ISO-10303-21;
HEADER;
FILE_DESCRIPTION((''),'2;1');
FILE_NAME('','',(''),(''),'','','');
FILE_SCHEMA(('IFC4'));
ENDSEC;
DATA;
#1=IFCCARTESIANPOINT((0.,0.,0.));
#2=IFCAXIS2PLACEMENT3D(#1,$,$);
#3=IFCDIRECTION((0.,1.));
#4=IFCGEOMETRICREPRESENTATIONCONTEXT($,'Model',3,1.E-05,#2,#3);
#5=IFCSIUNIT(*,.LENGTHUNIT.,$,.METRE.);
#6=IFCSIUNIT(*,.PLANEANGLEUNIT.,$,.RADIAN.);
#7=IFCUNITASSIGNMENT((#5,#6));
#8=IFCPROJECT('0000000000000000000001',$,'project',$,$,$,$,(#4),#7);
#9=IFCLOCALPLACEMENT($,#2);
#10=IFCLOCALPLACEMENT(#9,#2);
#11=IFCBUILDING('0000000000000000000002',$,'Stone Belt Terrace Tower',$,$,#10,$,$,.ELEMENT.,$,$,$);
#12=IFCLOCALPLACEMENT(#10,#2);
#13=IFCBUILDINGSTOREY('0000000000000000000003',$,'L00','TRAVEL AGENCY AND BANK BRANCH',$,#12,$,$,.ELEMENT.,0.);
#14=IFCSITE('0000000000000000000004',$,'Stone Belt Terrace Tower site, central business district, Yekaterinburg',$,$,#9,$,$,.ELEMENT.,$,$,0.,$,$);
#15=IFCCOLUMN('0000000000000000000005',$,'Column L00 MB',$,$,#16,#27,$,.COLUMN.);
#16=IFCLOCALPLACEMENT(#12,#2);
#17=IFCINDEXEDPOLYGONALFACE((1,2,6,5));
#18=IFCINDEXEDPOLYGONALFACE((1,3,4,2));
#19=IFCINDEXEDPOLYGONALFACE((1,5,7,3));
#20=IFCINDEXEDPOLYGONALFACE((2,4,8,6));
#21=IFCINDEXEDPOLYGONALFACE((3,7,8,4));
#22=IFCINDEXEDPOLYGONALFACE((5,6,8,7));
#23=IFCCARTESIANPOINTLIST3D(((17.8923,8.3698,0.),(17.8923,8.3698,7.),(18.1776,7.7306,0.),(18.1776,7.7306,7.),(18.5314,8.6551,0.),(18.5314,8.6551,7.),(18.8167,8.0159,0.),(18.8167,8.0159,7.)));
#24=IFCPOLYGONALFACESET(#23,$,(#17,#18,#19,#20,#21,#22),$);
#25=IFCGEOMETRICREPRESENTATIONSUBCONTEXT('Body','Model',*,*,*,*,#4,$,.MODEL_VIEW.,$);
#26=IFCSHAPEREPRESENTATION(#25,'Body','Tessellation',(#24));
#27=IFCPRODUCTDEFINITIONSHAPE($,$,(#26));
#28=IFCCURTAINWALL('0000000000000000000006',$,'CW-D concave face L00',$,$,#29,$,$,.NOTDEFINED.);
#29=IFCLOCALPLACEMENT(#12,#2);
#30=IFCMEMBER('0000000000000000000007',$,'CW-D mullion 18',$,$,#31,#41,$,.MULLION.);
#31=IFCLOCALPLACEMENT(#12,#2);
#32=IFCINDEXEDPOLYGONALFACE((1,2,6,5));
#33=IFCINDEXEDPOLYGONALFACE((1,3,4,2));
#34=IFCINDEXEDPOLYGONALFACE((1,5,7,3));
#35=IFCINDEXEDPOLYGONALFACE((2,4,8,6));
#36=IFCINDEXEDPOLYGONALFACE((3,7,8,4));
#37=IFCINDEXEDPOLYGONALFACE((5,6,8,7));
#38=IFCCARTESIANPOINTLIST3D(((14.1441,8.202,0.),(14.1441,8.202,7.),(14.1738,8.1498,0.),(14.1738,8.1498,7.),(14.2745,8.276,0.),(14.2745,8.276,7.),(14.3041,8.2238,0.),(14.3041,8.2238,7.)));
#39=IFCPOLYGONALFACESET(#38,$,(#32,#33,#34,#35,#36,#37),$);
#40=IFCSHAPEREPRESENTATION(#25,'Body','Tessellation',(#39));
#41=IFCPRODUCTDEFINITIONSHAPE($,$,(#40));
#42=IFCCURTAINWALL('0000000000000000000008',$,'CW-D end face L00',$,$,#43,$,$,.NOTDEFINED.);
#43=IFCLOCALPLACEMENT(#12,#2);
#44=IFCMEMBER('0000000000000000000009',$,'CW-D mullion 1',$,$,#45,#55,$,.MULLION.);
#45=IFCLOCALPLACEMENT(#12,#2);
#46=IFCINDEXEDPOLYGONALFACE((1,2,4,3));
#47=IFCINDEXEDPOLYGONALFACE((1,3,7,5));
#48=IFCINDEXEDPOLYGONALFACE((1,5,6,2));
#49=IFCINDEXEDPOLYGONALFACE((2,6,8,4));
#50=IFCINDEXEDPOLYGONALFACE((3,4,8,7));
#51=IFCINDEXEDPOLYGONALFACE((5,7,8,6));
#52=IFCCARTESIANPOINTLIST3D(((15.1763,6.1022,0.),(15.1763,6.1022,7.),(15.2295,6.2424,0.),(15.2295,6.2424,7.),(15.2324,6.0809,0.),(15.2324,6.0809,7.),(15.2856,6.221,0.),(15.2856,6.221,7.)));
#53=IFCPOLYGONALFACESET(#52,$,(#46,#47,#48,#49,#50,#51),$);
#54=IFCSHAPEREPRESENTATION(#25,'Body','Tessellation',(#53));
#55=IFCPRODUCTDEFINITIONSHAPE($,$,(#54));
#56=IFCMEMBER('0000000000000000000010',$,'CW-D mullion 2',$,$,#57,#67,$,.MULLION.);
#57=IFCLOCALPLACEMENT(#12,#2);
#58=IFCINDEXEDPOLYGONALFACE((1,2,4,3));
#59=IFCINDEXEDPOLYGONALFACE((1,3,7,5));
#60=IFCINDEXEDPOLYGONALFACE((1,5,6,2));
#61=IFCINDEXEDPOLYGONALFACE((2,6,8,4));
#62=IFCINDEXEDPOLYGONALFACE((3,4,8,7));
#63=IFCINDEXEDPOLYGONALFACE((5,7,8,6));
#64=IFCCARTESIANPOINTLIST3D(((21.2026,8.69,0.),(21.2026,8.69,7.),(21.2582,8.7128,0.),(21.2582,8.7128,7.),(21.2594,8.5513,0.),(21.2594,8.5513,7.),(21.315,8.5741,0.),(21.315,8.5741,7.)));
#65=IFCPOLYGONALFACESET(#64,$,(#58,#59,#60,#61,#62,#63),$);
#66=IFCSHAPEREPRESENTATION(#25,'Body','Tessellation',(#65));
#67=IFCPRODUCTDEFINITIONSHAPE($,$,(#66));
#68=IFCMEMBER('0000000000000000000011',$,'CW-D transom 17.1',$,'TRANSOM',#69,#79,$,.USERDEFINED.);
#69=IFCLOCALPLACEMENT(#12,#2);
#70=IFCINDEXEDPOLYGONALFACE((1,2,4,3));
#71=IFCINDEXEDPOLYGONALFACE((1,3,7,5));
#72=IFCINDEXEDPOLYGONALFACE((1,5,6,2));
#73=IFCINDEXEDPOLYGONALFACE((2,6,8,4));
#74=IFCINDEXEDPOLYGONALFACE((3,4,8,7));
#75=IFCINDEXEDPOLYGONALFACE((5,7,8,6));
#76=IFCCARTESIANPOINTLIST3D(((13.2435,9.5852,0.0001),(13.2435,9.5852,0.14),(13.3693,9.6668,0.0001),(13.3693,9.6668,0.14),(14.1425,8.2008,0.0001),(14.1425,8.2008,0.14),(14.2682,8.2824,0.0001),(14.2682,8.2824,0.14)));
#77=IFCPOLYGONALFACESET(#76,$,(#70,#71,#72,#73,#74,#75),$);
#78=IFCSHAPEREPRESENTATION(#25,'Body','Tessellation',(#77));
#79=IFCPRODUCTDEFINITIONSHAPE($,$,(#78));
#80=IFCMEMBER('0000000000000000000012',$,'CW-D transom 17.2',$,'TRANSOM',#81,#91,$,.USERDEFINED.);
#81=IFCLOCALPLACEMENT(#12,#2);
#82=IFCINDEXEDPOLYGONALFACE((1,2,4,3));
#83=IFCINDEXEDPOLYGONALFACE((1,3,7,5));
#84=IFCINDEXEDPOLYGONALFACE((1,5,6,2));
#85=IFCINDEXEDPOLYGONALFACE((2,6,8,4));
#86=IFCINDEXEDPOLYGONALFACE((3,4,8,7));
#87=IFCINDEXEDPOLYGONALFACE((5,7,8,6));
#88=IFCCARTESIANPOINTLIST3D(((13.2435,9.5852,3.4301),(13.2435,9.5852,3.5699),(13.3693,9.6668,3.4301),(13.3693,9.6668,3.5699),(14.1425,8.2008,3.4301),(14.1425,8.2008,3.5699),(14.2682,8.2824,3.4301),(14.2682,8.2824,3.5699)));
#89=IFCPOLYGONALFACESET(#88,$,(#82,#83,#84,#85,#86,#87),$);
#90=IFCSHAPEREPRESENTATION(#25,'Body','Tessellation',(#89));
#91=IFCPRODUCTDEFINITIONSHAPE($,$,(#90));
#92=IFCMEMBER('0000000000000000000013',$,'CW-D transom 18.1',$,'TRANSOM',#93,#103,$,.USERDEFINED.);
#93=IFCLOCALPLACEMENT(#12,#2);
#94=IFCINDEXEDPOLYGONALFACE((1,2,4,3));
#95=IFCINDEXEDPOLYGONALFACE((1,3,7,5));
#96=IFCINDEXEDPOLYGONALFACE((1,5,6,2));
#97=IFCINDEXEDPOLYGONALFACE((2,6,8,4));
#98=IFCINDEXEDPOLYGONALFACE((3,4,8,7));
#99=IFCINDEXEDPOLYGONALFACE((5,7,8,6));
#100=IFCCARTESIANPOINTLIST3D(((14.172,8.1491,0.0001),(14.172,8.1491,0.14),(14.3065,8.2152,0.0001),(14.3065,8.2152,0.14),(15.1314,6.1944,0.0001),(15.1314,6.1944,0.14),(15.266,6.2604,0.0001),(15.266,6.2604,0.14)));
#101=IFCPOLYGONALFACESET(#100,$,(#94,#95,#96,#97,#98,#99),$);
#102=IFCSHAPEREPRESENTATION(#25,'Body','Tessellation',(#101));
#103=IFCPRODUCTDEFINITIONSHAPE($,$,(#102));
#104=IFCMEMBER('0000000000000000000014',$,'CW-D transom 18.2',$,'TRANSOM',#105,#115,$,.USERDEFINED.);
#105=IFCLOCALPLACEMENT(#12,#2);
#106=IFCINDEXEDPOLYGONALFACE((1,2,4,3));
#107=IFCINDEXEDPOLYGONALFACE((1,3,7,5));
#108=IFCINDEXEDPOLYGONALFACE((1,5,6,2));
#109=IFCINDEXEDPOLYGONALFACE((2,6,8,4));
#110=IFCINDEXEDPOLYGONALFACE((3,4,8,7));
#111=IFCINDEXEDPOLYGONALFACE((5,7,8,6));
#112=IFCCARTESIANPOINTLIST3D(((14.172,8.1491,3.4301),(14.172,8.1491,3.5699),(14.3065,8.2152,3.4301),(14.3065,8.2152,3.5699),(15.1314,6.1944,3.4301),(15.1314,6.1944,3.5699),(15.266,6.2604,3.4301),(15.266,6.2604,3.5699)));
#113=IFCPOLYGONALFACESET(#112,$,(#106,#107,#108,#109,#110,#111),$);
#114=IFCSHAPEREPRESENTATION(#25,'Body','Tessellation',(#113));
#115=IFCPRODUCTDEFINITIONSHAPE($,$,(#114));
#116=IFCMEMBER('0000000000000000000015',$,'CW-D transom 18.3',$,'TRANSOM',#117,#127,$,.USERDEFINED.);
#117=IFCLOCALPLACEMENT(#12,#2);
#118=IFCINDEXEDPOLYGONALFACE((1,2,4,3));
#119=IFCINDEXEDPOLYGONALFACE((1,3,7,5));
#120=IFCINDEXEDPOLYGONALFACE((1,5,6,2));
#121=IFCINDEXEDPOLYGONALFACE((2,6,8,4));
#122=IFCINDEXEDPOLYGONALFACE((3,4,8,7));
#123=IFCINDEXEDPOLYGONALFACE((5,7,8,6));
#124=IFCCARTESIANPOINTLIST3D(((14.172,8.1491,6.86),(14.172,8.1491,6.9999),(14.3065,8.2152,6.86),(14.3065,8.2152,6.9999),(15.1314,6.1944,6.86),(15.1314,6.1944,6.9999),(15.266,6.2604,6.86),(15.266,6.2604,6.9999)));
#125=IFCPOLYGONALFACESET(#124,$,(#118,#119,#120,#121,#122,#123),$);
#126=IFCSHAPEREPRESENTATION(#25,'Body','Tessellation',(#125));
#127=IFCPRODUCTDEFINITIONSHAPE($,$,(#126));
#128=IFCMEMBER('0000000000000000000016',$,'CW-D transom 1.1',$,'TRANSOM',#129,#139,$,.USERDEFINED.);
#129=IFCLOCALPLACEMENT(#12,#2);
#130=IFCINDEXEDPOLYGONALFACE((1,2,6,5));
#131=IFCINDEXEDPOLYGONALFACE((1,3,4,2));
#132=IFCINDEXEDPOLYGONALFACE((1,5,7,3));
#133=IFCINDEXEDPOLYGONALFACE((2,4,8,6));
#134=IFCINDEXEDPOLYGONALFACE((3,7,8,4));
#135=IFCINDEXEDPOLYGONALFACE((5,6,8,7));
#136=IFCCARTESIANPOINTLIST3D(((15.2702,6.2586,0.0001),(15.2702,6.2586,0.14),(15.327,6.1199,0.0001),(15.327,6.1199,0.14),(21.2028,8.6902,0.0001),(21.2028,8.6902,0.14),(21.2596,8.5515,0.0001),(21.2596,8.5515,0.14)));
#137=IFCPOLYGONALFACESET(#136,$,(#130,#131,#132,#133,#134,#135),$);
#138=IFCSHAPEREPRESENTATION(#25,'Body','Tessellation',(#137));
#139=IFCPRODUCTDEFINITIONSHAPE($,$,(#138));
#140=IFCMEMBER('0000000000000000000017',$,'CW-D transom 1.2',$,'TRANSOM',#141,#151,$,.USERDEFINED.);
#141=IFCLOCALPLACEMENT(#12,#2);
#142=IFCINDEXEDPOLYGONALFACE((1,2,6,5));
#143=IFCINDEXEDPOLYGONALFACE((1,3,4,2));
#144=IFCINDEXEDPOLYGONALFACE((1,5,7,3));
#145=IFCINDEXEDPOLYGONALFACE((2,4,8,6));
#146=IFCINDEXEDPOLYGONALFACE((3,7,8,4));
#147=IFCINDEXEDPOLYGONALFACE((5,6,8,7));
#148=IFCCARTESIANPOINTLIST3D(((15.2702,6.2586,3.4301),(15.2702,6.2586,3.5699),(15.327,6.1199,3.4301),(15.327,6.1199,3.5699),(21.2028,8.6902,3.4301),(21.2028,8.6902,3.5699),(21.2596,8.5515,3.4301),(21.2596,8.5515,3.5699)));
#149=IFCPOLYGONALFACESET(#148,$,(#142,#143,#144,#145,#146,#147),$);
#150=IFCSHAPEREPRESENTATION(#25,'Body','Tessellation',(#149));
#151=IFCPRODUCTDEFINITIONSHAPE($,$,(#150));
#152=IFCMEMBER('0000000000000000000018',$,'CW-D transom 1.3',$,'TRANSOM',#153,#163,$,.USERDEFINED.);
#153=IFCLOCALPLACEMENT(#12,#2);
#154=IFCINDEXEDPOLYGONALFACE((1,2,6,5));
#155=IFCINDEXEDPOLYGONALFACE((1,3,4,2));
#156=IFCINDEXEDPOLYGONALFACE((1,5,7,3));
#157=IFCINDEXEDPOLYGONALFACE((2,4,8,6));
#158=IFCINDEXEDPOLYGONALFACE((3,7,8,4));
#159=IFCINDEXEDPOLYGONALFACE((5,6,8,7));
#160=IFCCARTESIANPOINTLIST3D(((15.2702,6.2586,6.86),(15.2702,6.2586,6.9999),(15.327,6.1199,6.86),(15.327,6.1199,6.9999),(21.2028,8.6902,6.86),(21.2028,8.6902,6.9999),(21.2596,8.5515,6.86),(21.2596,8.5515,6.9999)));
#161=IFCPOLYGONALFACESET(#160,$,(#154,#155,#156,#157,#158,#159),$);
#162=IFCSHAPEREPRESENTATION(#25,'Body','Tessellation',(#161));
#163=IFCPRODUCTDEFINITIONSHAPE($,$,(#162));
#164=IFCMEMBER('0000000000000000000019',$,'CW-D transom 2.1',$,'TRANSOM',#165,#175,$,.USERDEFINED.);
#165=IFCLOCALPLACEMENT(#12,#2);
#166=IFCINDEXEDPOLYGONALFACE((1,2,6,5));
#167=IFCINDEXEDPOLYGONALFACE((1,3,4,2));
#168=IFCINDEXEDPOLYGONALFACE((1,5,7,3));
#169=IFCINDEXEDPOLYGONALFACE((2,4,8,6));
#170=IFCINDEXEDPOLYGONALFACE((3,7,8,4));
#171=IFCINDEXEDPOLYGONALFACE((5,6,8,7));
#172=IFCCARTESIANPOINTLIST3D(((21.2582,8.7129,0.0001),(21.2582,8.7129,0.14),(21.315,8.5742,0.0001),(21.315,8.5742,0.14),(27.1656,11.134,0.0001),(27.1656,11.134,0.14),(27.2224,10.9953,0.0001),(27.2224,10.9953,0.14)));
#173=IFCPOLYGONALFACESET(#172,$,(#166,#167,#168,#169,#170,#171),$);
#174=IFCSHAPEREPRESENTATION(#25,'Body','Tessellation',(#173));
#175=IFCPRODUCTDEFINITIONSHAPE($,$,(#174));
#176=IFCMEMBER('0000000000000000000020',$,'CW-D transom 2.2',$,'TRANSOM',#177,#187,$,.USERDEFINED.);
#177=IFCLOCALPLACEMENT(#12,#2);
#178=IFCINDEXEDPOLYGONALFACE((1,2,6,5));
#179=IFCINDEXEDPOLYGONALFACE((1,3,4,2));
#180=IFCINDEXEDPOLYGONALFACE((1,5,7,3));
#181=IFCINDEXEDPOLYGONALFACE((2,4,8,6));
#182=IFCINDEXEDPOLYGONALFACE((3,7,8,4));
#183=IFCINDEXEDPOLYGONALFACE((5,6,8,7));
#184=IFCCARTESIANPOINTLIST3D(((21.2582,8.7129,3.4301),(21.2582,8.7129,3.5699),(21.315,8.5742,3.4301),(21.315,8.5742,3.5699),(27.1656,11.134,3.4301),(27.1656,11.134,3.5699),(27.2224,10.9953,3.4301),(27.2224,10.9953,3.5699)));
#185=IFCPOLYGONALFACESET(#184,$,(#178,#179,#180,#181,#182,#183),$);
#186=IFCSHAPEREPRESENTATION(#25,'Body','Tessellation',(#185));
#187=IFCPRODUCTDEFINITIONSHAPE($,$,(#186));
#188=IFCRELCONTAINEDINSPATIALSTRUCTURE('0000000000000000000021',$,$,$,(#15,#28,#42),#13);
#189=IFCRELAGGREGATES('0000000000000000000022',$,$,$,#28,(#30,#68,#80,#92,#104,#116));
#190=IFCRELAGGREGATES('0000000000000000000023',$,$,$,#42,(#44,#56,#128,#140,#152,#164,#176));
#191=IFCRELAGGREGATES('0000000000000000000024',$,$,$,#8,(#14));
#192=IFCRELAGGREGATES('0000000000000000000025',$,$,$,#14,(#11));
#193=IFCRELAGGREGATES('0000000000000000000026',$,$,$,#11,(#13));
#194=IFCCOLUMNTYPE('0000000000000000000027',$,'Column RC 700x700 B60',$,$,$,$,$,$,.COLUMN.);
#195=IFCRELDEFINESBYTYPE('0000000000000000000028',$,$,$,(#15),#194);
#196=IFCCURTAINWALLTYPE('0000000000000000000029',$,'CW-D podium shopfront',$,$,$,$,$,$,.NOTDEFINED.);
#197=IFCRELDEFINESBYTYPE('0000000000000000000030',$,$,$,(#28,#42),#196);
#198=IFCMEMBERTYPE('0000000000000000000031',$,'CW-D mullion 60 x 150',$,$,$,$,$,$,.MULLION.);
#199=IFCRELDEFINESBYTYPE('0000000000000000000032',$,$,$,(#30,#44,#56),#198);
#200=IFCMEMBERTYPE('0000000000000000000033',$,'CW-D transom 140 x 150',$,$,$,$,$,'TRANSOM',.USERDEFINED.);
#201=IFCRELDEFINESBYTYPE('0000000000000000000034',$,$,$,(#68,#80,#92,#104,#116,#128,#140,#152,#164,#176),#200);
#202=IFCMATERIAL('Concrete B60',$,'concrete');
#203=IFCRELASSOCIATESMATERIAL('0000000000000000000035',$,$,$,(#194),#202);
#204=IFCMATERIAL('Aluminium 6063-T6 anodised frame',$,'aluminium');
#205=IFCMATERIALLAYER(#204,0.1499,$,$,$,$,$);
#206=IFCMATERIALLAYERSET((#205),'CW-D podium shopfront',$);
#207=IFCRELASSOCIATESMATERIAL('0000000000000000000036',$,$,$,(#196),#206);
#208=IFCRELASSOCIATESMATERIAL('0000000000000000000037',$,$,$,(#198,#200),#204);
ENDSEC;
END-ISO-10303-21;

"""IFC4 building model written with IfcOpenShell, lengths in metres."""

from ifc_helpers import new_model, si_unit, direction, frame, origin, origin_2d, place, context, subcontext, project, spatial, rectangle, extrude, material, layer, layer_set, material_profile, profile_set, type_object, element, aggregate, save


model = new_model("IFC4")

# Units and contexts
model_context = context("Model", 3, precision=1e-05, world=origin(), true_north=direction((0.0, 1.0)))
body_context = subcontext(model_context, "Body", "Model", "MODEL_VIEW")
ifc_project = project(units=[si_unit("LENGTHUNIT", "METRE"), si_unit("PLANEANGLEUNIT", "RADIAN")], contexts=[model_context])

# Site, building, storey
site_placement = place(None, origin())
site = spatial("IfcSite", under=ifc_project, at=site_placement, Name="Stone Belt Terrace Tower site, central business district, Yekaterinburg", CompositionType="ELEMENT", RefElevation=0.0)
building_placement = place(site_placement, origin())
building = spatial("IfcBuilding", under=site, at=building_placement, Name="Stone Belt Terrace Tower", CompositionType="ELEMENT")
storey_placement = place(building_placement, origin())
storey = spatial("IfcBuildingStorey", under=building, at=storey_placement, Name="L00", Description="TRAVEL AGENCY AND BANK BRANCH", CompositionType="ELEMENT", Elevation=0.0)

# Column
ifc_material_1 = material(Name="Concrete B60", Category="concrete")
ifc_material_profile_1 = material_profile(ifc_material_1, rectangle(XDim=0.7, YDim=0.7, at=origin_2d()), Name="RC 700x700")
ifc_profile_set_1 = profile_set([ifc_material_profile_1], Name="Concrete B60")
column_type = type_object("IfcColumnType", Name="Column RC 700x700 B60", PredefinedType="COLUMN", material=ifc_profile_set_1)
column_placement = place(storey_placement, frame((18.3545, 8.1929, 0.0), z_axis=(0.0, 0.0, 1.0), x_axis=(0.407599, -0.913161, 0.0)))
element("IfcColumn", 1, at=column_placement, inside=storey, type_object=column_type, Name="Column L00 MB", PredefinedType="COLUMN", context=body_context, shape_type="SweptSolid", body=[
    extrude(rectangle(XDim=0.7, YDim=0.7, at=origin_2d()), origin(), (0.0, 0.0, 1.0), 7.0),
])

# Curtain wall, member
ifc_material_2 = material(Name="Aluminium 6063-T6 anodised frame", Category="aluminium")
ifc_layer_1 = layer(ifc_material_2, 0.1499)
ifc_layer_set_1 = layer_set([ifc_layer_1], Name="CW-D podium shopfront")
curtain_wall_type = type_object("IfcCurtainWallType", Name="CW-D podium shopfront", PredefinedType="NOTDEFINED", material=ifc_layer_set_1)
curtain_wall_1_placement = place(storey_placement, origin())
curtain_wall_1 = element("IfcCurtainWall", 2, at=curtain_wall_1_placement, inside=storey, type_object=curtain_wall_type, Name="CW-D concave face L00", PredefinedType="NOTDEFINED")
ifc_material_profile_2 = material_profile(ifc_material_2, rectangle(XDim=0.1499, YDim=0.0601, at=origin_2d()), Name="Aluminium 6063-T6 60x150")
ifc_profile_set_2 = profile_set([ifc_material_profile_2], Name="Aluminium 6063-T6 anodised frame")
member_type_1 = type_object("IfcMemberType", Name="CW-D mullion 60 x 150", PredefinedType="MULLION", material=ifc_profile_set_2)
member_1_placement = place(storey_placement, frame((14.2241, 8.2129, 0.0), z_axis=(0.0, 0.0, 1.0), x_axis=(0.869739, 0.493512, 0.0)))
member_1 = element("IfcMember", 3, at=member_1_placement, type_object=member_type_1, Name="CW-D mullion 18", PredefinedType="MULLION", context=body_context, shape_type="SweptSolid", body=[
    extrude(rectangle(XDim=0.1499, YDim=0.0601, at=origin_2d()), origin(), (0.0, 0.0, 1.0), 7.0),
])

# Curtain wall, members
curtain_wall_2_placement = place(storey_placement, origin())
curtain_wall_2 = element("IfcCurtainWall", 4, at=curtain_wall_2_placement, inside=storey, type_object=curtain_wall_type, Name="CW-D end face L00", PredefinedType="NOTDEFINED")
member_2_placement = place(storey_placement, frame((15.231, 6.1616, 0.0), z_axis=(0.0, 0.0, 1.0), x_axis=(0.354861, 0.934919, 0.0)))
member_2 = element("IfcMember", 5, at=member_2_placement, type_object=member_type_1, Name="CW-D mullion 1", PredefinedType="MULLION", context=body_context, shape_type="SweptSolid", body=[
    extrude(rectangle(XDim=0.1499, YDim=0.0601, at=origin_2d()), origin(), (0.0, 0.0, 1.0), 7.0),
])
member_3_placement = place(storey_placement, frame((21.2588, 8.6321, 0.0), z_axis=(0.0, 0.0, 1.0), x_axis=(-0.379243, 0.925297, 0.0)))
member_3 = element("IfcMember", 6, at=member_3_placement, type_object=member_type_1, Name="CW-D mullion 2", PredefinedType="MULLION", context=body_context, shape_type="SweptSolid", body=[
    extrude(rectangle(XDim=0.1499, YDim=0.0601, at=origin_2d()), origin(), (0.0, 0.0, 1.0), 7.0),
])

# Members
ifc_material_profile_3 = material_profile(ifc_material_2, rectangle(XDim=0.1499, YDim=0.1399, at=origin_2d()), Name="Aluminium 6063-T6 150x140")
ifc_profile_set_3 = profile_set([ifc_material_profile_3], Name="Aluminium 6063-T6 anodised frame")
member_type_2 = type_object("IfcMemberType", Name="CW-D transom 140 x 150", ElementType="TRANSOM", PredefinedType="USERDEFINED", material=ifc_profile_set_3)
member_4_placement = place(storey_placement, frame((13.3064, 9.626, 0.0701), z_axis=(0.544624, -0.83868, 0.0), x_axis=(0.83868, 0.544624, 0.0)))
member_4 = element("IfcMember", 7, at=member_4_placement, type_object=member_type_2, Name="CW-D transom 17.1", ObjectType="TRANSOM", PredefinedType="USERDEFINED", context=body_context, shape_type="SweptSolid", body=[
    extrude(rectangle(XDim=0.1499, YDim=0.1399, at=origin_2d()), origin(), (0.0, 0.0, 1.0), 1.6506),
])
member_5_placement = place(storey_placement, frame((13.3064, 9.626, 3.5), z_axis=(0.544624, -0.83868, 0.0), x_axis=(0.83868, 0.544624, 0.0)))
member_5 = element("IfcMember", 8, at=member_5_placement, type_object=member_type_2, Name="CW-D transom 17.2", ObjectType="TRANSOM", PredefinedType="USERDEFINED", context=body_context, shape_type="SweptSolid", body=[
    extrude(rectangle(XDim=0.1499, YDim=0.1399, at=origin_2d()), origin(), (0.0, 0.0, 1.0), 1.6506),
])
member_6_placement = place(storey_placement, frame((14.2393, 8.1821, 0.0701), z_axis=(0.440609, -0.897699, 0.0), x_axis=(0.897699, 0.440609, 0.0)))
member_6 = element("IfcMember", 9, at=member_6_placement, type_object=member_type_2, Name="CW-D transom 18.1", ObjectType="TRANSOM", PredefinedType="USERDEFINED", context=body_context, shape_type="SweptSolid", body=[
    extrude(rectangle(XDim=0.1499, YDim=0.1399, at=origin_2d()), origin(), (0.0, 0.0, 1.0), 2.1775),
])
member_7_placement = place(storey_placement, frame((14.2393, 8.1821, 3.5), z_axis=(0.440609, -0.897699, 0.0), x_axis=(0.897699, 0.440609, 0.0)))
member_7 = element("IfcMember", 10, at=member_7_placement, type_object=member_type_2, Name="CW-D transom 18.2", ObjectType="TRANSOM", PredefinedType="USERDEFINED", context=body_context, shape_type="SweptSolid", body=[
    extrude(rectangle(XDim=0.1499, YDim=0.1399, at=origin_2d()), origin(), (0.0, 0.0, 1.0), 2.1775),
])
member_8_placement = place(storey_placement, frame((14.2393, 8.1821, 6.9299), z_axis=(0.440609, -0.897699, 0.0), x_axis=(0.897699, 0.440609, 0.0)))
member_8 = element("IfcMember", 11, at=member_8_placement, type_object=member_type_2, Name="CW-D transom 18.3", ObjectType="TRANSOM", PredefinedType="USERDEFINED", context=body_context, shape_type="SweptSolid", body=[
    extrude(rectangle(XDim=0.1499, YDim=0.1399, at=origin_2d()), origin(), (0.0, 0.0, 1.0), 2.1775),
])
member_9_placement = place(storey_placement, frame((15.2986, 6.1892, 0.0701), z_axis=(0.925292, 0.379255, 0.0), x_axis=(-0.379255, 0.925292, 0.0)))
member_9 = element("IfcMember", 12, at=member_9_placement, type_object=member_type_2, Name="CW-D transom 1.1", ObjectType="TRANSOM", PredefinedType="USERDEFINED", context=body_context, shape_type="SweptSolid", body=[
    extrude(rectangle(XDim=0.1499, YDim=0.1399, at=origin_2d()), origin(), (0.0, 0.0, 1.0), 6.4116),
])
member_10_placement = place(storey_placement, frame((15.2986, 6.1892, 3.5), z_axis=(0.925292, 0.379255, 0.0), x_axis=(-0.379255, 0.925292, 0.0)))
member_10 = element("IfcMember", 13, at=member_10_placement, type_object=member_type_2, Name="CW-D transom 1.2", ObjectType="TRANSOM", PredefinedType="USERDEFINED", context=body_context, shape_type="SweptSolid", body=[
    extrude(rectangle(XDim=0.1499, YDim=0.1399, at=origin_2d()), origin(), (0.0, 0.0, 1.0), 6.4116),
])
member_11_placement = place(storey_placement, frame((15.2986, 6.1892, 6.9299), z_axis=(0.925292, 0.379255, 0.0), x_axis=(-0.379255, 0.925292, 0.0)))
member_11 = element("IfcMember", 14, at=member_11_placement, type_object=member_type_2, Name="CW-D transom 1.3", ObjectType="TRANSOM", PredefinedType="USERDEFINED", context=body_context, shape_type="SweptSolid", body=[
    extrude(rectangle(XDim=0.1499, YDim=0.1399, at=origin_2d()), origin(), (0.0, 0.0, 1.0), 6.4116),
])
member_12_placement = place(storey_placement, frame((21.2866, 8.6436, 0.0701), z_axis=(0.925302, 0.37923, 0.0), x_axis=(-0.37923, 0.925302, 0.0)))
member_12 = element("IfcMember", 15, at=member_12_placement, type_object=member_type_2, Name="CW-D transom 2.1", ObjectType="TRANSOM", PredefinedType="USERDEFINED", context=body_context, shape_type="SweptSolid", body=[
    extrude(rectangle(XDim=0.1499, YDim=0.1399, at=origin_2d()), origin(), (0.0, 0.0, 1.0), 6.3843),
])
member_13_placement = place(storey_placement, frame((21.2866, 8.6436, 3.5), z_axis=(0.925302, 0.37923, 0.0), x_axis=(-0.37923, 0.925302, 0.0)))
member_13 = element("IfcMember", 16, at=member_13_placement, type_object=member_type_2, Name="CW-D transom 2.2", ObjectType="TRANSOM", PredefinedType="USERDEFINED", context=body_context, shape_type="SweptSolid", body=[
    extrude(rectangle(XDim=0.1499, YDim=0.1399, at=origin_2d()), origin(), (0.0, 0.0, 1.0), 6.3843),
])

aggregate(curtain_wall_1, [member_1, member_4, member_5, member_6, member_7, member_8])
aggregate(curtain_wall_2, [member_2, member_3, member_9, member_10, member_11, member_12, member_13])

save(model, "model.ifc")
